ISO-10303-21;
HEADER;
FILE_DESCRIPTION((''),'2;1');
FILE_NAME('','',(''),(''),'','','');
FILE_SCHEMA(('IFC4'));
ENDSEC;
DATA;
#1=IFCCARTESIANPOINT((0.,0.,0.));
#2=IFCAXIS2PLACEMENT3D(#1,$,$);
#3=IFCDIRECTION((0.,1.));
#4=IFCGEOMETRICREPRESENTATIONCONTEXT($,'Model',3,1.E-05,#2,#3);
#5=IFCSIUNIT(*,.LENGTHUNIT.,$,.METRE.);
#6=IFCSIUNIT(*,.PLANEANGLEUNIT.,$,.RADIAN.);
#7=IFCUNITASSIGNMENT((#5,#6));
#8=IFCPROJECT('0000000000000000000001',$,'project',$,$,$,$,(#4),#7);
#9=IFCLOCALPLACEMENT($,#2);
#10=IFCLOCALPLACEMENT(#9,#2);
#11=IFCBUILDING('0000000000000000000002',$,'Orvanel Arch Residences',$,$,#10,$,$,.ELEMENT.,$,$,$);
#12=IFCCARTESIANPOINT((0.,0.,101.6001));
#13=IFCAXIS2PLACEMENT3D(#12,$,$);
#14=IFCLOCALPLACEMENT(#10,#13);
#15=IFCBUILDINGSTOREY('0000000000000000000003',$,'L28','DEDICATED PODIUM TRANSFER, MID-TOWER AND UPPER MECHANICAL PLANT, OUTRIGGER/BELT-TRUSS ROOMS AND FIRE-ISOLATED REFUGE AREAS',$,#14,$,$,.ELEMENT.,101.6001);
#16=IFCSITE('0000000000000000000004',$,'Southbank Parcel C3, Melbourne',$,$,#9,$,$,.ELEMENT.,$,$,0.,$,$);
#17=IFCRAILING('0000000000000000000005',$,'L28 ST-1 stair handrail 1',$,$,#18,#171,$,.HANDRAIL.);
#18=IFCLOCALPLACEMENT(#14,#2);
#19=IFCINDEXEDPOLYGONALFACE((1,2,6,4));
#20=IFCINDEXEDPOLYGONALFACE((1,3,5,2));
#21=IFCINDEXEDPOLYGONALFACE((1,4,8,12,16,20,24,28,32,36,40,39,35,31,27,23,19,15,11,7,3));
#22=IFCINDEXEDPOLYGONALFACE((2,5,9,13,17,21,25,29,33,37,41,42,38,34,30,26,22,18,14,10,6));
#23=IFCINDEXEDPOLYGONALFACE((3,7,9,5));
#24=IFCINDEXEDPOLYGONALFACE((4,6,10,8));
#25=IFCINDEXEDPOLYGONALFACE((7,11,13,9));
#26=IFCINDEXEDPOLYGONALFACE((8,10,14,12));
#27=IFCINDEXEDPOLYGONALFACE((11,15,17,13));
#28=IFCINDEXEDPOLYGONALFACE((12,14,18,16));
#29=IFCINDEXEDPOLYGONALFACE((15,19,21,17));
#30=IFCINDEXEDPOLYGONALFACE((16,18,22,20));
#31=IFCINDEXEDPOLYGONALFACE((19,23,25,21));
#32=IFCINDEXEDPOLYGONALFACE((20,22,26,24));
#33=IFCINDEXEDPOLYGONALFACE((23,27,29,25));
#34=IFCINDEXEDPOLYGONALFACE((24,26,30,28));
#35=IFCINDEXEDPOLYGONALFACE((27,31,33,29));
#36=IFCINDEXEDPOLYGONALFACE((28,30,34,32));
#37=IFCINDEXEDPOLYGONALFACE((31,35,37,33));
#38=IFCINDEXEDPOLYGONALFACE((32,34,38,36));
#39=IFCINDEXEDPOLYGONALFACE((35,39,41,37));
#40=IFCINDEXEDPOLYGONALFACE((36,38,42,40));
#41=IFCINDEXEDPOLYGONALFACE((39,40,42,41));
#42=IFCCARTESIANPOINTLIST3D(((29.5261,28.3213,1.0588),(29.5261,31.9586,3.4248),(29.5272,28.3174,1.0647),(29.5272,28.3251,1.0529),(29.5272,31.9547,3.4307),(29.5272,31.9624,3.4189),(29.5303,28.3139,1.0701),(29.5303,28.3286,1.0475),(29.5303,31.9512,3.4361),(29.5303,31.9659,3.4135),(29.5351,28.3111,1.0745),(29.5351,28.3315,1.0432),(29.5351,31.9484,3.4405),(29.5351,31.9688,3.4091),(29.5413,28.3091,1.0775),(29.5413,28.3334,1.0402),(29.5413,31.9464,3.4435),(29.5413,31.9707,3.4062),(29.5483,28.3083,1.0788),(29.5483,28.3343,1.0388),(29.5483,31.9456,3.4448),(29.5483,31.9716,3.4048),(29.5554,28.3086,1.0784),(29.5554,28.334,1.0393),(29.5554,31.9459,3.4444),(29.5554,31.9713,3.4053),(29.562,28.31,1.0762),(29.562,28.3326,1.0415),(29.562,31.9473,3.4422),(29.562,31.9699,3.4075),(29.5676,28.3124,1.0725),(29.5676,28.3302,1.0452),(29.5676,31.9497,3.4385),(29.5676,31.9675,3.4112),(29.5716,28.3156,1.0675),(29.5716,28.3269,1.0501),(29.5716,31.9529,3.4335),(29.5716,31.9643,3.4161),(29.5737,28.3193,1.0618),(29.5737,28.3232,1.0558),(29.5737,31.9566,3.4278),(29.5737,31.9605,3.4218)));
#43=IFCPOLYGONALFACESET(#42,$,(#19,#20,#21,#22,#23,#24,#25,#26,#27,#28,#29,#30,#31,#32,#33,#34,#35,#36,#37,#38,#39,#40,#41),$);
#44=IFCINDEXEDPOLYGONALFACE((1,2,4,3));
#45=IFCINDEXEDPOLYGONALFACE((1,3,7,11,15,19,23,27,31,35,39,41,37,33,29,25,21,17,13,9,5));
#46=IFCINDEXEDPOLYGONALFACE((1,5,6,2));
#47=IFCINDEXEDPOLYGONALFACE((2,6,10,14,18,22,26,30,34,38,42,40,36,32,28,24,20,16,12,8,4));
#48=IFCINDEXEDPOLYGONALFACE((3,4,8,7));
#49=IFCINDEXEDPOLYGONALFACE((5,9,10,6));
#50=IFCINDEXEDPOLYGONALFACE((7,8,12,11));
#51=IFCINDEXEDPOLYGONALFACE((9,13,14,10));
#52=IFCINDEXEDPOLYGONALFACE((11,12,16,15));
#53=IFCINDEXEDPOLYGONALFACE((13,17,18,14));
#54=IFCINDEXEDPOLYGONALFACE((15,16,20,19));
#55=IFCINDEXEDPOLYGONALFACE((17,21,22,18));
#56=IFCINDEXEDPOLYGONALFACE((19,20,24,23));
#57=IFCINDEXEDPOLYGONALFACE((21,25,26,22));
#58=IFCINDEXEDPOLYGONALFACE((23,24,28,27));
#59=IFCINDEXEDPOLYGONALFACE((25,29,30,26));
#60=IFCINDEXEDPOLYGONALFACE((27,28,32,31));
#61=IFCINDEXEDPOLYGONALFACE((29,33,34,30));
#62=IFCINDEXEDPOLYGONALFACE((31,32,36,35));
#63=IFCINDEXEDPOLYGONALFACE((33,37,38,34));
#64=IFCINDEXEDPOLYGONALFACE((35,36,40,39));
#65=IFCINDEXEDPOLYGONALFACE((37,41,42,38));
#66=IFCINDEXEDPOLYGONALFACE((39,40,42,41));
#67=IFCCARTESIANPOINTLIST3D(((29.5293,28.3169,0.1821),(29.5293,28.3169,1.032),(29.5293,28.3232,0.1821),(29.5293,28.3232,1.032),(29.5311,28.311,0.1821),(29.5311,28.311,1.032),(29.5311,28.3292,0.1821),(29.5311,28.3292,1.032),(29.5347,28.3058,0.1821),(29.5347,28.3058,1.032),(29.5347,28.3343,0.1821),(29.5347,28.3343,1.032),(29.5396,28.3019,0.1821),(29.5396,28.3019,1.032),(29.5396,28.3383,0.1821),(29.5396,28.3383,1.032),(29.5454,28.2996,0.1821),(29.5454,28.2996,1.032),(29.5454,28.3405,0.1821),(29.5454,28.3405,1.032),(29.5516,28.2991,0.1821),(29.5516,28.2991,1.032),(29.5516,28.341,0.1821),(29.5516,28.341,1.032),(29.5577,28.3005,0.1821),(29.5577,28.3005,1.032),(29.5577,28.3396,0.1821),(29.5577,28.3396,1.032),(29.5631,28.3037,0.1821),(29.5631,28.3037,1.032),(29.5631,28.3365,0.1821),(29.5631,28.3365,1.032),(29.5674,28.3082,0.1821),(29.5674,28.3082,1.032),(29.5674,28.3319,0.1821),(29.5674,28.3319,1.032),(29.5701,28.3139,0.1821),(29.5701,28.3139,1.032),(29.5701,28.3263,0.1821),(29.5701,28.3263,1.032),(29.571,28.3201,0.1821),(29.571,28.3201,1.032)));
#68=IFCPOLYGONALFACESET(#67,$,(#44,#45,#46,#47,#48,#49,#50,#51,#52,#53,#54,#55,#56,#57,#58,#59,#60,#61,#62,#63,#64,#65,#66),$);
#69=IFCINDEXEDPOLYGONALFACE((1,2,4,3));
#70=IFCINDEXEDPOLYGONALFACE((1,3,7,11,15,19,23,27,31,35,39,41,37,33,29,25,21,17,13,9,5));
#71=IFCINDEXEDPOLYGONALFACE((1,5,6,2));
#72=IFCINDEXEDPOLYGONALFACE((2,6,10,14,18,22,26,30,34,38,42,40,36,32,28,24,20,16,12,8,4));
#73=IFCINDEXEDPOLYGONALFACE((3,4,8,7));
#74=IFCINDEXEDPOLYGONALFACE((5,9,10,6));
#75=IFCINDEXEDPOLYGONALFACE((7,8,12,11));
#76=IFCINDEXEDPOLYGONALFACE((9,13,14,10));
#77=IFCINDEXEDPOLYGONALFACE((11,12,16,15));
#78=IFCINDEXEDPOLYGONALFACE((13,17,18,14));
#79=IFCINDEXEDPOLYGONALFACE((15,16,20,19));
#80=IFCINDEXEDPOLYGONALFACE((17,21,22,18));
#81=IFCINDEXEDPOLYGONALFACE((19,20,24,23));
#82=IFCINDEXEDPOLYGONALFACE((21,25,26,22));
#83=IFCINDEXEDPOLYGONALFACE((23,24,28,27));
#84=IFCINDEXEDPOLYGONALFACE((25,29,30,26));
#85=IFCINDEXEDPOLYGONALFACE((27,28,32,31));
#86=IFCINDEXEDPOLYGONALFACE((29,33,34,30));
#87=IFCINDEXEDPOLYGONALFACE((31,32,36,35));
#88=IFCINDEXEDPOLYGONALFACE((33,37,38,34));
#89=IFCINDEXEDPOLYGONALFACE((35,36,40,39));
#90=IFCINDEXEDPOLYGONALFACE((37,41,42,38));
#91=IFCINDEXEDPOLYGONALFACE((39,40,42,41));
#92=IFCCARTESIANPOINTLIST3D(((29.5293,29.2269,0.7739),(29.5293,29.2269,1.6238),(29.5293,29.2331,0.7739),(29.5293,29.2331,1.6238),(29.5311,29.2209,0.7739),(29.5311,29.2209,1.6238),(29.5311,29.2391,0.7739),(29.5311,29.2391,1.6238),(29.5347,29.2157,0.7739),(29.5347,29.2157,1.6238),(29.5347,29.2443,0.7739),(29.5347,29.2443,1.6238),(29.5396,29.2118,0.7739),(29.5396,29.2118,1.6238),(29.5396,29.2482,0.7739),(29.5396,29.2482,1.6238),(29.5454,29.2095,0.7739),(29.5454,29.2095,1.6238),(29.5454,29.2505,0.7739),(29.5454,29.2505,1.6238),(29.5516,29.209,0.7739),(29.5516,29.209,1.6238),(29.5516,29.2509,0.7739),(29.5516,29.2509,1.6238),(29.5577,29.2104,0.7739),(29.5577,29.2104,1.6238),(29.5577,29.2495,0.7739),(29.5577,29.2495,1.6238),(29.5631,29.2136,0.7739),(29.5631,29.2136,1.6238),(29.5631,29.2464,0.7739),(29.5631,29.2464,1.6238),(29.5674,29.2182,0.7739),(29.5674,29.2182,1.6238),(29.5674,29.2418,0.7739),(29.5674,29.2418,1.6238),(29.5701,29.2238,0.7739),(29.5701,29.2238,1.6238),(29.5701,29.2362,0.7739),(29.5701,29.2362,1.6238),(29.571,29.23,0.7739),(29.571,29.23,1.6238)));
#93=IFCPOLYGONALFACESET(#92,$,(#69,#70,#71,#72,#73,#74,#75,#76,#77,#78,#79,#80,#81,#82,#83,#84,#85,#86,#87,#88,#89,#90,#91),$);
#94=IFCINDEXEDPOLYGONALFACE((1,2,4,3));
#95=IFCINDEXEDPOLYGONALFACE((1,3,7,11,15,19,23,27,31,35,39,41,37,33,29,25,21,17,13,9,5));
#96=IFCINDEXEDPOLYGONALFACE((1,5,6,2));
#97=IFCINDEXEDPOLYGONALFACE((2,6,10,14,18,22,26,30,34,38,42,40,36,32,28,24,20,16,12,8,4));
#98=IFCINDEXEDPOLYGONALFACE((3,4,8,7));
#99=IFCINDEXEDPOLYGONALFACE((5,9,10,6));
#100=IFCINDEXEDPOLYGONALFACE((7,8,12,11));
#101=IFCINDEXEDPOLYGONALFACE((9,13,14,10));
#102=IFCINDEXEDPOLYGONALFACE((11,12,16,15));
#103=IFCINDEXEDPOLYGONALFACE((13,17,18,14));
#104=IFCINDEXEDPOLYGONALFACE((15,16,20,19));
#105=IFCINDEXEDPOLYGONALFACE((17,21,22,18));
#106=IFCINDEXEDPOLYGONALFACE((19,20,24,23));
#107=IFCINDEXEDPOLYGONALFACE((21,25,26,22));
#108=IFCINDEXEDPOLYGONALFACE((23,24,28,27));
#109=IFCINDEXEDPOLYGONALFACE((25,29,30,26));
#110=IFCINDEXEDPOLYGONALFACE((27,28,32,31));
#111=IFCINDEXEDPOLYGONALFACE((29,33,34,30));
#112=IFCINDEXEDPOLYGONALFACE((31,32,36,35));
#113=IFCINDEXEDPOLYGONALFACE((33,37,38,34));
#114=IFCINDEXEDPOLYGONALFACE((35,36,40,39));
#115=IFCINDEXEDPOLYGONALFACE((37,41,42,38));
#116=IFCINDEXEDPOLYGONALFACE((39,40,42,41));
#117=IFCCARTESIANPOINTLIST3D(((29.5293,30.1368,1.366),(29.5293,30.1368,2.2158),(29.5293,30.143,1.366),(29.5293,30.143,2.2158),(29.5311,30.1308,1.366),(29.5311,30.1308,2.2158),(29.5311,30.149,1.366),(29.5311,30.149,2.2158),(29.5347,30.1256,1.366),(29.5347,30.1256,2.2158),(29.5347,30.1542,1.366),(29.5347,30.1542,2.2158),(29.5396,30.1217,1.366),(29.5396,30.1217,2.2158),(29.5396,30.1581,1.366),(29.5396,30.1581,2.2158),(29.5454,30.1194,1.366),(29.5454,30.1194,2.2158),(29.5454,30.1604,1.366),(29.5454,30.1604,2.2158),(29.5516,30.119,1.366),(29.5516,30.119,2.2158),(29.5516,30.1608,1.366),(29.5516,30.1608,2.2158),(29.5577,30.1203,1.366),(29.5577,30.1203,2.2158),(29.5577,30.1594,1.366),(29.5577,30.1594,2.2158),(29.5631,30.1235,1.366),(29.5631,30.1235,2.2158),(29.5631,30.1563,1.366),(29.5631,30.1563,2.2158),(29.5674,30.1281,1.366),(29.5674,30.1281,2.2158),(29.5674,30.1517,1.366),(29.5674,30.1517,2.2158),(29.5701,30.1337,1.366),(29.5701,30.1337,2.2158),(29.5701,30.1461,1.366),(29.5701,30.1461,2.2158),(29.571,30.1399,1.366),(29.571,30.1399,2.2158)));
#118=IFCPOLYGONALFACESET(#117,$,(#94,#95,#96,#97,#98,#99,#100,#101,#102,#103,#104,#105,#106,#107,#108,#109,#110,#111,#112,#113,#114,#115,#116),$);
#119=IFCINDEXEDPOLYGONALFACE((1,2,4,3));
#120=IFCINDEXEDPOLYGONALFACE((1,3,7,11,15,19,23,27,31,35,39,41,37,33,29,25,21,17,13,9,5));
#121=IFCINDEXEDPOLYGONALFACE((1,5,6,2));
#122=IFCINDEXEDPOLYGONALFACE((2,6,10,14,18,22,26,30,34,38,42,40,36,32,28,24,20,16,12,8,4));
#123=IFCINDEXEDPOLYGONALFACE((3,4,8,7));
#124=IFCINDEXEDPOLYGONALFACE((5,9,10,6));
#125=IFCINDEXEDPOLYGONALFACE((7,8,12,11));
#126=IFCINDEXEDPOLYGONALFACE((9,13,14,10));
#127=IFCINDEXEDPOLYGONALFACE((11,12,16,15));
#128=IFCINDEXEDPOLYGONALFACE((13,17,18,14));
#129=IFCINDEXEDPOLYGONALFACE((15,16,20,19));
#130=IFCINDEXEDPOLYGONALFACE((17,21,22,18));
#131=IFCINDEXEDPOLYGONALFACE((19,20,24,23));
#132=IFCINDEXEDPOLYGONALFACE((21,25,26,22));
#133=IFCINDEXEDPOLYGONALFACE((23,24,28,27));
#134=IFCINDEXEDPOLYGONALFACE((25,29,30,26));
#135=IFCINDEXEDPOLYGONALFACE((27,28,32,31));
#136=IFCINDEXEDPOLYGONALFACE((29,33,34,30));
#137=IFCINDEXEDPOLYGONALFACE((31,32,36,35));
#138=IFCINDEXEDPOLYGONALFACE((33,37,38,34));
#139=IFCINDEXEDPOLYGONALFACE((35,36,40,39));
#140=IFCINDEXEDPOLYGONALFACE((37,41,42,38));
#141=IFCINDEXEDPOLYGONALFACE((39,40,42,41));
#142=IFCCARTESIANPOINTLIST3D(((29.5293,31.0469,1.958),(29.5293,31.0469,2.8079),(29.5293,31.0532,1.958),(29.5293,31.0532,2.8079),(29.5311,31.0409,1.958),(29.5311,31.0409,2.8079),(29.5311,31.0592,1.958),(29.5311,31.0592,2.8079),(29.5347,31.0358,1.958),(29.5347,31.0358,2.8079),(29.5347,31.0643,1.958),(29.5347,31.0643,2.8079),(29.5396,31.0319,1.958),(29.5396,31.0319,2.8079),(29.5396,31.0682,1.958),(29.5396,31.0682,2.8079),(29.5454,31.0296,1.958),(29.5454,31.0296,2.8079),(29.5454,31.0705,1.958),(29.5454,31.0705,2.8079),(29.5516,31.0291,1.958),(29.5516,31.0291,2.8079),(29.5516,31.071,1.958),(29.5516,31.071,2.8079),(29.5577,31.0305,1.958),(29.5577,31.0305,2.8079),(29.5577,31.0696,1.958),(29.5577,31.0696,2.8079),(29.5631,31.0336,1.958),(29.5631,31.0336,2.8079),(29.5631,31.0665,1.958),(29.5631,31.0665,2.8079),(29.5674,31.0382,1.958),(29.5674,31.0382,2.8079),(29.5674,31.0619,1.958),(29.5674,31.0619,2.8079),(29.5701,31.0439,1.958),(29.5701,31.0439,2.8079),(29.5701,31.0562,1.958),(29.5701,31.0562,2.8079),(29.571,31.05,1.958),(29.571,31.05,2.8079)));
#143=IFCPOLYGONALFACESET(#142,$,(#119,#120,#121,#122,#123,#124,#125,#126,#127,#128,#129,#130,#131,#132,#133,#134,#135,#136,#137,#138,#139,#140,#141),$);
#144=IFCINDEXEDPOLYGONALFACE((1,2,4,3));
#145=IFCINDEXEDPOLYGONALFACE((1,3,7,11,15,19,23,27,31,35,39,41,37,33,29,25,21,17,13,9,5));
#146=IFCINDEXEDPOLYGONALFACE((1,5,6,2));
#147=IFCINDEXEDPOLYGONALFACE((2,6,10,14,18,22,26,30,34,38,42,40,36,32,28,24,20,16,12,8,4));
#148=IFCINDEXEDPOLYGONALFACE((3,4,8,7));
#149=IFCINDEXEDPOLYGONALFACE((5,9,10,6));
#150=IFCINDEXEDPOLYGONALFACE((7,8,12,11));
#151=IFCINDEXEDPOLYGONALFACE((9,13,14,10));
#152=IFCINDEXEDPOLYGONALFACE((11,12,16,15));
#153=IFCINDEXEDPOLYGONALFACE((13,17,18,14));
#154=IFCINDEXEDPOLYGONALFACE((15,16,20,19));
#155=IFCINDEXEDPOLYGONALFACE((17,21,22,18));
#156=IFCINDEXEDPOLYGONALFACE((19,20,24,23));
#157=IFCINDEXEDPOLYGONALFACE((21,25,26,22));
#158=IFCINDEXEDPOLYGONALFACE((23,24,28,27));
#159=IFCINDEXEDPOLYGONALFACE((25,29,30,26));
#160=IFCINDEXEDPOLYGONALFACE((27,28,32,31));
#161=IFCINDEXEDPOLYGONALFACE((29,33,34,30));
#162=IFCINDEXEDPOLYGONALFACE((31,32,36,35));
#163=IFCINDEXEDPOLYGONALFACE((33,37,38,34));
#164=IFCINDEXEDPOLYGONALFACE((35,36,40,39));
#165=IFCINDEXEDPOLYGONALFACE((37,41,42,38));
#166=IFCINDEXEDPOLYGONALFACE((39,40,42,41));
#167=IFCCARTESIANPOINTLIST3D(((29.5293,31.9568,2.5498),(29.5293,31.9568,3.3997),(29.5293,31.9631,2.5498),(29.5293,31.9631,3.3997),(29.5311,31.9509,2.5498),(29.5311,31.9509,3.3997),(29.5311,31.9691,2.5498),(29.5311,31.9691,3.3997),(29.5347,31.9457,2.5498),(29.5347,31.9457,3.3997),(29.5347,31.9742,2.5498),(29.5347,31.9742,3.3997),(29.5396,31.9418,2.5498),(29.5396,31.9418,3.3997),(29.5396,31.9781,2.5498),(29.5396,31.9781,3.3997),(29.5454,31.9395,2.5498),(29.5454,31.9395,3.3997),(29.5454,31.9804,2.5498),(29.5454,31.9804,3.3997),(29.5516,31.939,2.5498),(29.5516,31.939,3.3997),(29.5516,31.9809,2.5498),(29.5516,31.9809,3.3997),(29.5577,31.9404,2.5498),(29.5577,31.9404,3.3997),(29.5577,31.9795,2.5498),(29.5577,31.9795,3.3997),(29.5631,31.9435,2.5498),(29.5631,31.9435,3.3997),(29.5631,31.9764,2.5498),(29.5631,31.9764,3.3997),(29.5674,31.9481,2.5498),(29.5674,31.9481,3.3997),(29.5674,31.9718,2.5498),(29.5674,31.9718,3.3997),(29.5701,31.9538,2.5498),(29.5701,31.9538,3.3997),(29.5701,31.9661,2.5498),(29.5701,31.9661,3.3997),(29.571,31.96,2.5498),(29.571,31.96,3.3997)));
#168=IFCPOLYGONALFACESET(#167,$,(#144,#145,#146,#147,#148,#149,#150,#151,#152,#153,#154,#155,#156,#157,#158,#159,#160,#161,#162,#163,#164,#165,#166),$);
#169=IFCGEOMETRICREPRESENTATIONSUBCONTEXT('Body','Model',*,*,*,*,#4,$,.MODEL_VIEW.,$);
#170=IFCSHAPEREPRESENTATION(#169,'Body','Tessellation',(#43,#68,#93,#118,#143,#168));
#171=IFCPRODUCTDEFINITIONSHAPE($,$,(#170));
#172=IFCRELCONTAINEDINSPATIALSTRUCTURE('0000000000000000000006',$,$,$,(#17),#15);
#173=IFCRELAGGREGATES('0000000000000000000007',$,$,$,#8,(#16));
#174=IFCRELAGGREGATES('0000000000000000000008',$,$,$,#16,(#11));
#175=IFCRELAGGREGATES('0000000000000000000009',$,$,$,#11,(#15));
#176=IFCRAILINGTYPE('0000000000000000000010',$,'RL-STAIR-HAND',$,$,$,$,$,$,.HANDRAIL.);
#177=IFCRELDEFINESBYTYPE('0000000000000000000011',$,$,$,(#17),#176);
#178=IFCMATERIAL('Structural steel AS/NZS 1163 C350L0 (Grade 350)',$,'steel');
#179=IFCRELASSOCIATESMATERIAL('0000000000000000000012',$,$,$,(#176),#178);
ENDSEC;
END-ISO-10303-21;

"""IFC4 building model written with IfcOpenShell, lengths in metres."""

from ifc_helpers import new_model, si_unit, direction, frame, origin, origin_2d, place, context, subcontext, project, spatial, circle, extrude, material, type_object, element, save


model = new_model("IFC4")

# Units and contexts
model_context = context("Model", 3, precision=1e-05, world=origin(), true_north=direction((0.0, 1.0)))
body_context = subcontext(model_context, "Body", "Model", "MODEL_VIEW")
ifc_project = project(units=[si_unit("LENGTHUNIT", "METRE"), si_unit("PLANEANGLEUNIT", "RADIAN")], contexts=[model_context])

# Site, building, storey
site_placement = place(None, origin())
site = spatial("IfcSite", under=ifc_project, at=site_placement, Name="Southbank Parcel C3, Melbourne", CompositionType="ELEMENT", RefElevation=0.0)
building_placement = place(site_placement, origin())
building = spatial("IfcBuilding", under=site, at=building_placement, Name="Orvanel Arch Residences", CompositionType="ELEMENT")
storey_placement = place(building_placement, frame((0.0, 0.0, 101.6001)))
storey = spatial("IfcBuildingStorey", under=building, at=storey_placement, Name="L28", Description="DEDICATED PODIUM TRANSFER, MID-TOWER AND UPPER MECHANICAL PLANT, OUTRIGGER/BELT-TRUSS ROOMS AND FIRE-ISOLATED REFUGE AREAS", CompositionType="ELEMENT", Elevation=101.6001)

# Railing
ifc_material_1 = material(Name="Structural steel AS/NZS 1163 C350L0 (Grade 350)", Category="steel")
railing_type_1 = type_object("IfcRailingType", Name="RL-STAIR-HAND", PredefinedType="HANDRAIL", material=ifc_material_1)
railing_1_placement = place(storey_placement, frame((29.55, 28.3201, 0.1821)))
element("IfcRailing", 1, at=railing_1_placement, inside=storey, type_object=railing_type_1, Name="L28 ST-1 stair handrail 1", PredefinedType="HANDRAIL", context=body_context, shape_type="SweptSolid", body=[
    extrude(circle(Radius=0.0239, at=origin_2d()), frame((0.0, 0.0012, 0.8767), z_axis=(0.0, 0.83826, 0.545271), x_axis=(-1.0, 0.0, 0.0)), (0.0, 0.0, 1.0), 4.3391),
    extrude(circle(Radius=0.021, at=origin_2d()), origin(), (0.0, 0.0, 1.0), 0.8499),
    extrude(circle(Radius=0.021, at=origin_2d()), frame((0.0, 0.9099, 0.5918)), (0.0, 0.0, 1.0), 0.8499),
    extrude(circle(Radius=0.021, at=origin_2d()), frame((0.0, 1.8198, 1.1838)), (0.0, 0.0, 1.0), 0.8499),
    extrude(circle(Radius=0.021, at=origin_2d()), frame((0.0, 2.73, 1.7759)), (0.0, 0.0, 1.0), 0.8499),
    extrude(circle(Radius=0.021, at=origin_2d()), frame((0.0, 3.6399, 2.3677)), (0.0, 0.0, 1.0), 0.8499),
])

save(model, "model.ifc")
